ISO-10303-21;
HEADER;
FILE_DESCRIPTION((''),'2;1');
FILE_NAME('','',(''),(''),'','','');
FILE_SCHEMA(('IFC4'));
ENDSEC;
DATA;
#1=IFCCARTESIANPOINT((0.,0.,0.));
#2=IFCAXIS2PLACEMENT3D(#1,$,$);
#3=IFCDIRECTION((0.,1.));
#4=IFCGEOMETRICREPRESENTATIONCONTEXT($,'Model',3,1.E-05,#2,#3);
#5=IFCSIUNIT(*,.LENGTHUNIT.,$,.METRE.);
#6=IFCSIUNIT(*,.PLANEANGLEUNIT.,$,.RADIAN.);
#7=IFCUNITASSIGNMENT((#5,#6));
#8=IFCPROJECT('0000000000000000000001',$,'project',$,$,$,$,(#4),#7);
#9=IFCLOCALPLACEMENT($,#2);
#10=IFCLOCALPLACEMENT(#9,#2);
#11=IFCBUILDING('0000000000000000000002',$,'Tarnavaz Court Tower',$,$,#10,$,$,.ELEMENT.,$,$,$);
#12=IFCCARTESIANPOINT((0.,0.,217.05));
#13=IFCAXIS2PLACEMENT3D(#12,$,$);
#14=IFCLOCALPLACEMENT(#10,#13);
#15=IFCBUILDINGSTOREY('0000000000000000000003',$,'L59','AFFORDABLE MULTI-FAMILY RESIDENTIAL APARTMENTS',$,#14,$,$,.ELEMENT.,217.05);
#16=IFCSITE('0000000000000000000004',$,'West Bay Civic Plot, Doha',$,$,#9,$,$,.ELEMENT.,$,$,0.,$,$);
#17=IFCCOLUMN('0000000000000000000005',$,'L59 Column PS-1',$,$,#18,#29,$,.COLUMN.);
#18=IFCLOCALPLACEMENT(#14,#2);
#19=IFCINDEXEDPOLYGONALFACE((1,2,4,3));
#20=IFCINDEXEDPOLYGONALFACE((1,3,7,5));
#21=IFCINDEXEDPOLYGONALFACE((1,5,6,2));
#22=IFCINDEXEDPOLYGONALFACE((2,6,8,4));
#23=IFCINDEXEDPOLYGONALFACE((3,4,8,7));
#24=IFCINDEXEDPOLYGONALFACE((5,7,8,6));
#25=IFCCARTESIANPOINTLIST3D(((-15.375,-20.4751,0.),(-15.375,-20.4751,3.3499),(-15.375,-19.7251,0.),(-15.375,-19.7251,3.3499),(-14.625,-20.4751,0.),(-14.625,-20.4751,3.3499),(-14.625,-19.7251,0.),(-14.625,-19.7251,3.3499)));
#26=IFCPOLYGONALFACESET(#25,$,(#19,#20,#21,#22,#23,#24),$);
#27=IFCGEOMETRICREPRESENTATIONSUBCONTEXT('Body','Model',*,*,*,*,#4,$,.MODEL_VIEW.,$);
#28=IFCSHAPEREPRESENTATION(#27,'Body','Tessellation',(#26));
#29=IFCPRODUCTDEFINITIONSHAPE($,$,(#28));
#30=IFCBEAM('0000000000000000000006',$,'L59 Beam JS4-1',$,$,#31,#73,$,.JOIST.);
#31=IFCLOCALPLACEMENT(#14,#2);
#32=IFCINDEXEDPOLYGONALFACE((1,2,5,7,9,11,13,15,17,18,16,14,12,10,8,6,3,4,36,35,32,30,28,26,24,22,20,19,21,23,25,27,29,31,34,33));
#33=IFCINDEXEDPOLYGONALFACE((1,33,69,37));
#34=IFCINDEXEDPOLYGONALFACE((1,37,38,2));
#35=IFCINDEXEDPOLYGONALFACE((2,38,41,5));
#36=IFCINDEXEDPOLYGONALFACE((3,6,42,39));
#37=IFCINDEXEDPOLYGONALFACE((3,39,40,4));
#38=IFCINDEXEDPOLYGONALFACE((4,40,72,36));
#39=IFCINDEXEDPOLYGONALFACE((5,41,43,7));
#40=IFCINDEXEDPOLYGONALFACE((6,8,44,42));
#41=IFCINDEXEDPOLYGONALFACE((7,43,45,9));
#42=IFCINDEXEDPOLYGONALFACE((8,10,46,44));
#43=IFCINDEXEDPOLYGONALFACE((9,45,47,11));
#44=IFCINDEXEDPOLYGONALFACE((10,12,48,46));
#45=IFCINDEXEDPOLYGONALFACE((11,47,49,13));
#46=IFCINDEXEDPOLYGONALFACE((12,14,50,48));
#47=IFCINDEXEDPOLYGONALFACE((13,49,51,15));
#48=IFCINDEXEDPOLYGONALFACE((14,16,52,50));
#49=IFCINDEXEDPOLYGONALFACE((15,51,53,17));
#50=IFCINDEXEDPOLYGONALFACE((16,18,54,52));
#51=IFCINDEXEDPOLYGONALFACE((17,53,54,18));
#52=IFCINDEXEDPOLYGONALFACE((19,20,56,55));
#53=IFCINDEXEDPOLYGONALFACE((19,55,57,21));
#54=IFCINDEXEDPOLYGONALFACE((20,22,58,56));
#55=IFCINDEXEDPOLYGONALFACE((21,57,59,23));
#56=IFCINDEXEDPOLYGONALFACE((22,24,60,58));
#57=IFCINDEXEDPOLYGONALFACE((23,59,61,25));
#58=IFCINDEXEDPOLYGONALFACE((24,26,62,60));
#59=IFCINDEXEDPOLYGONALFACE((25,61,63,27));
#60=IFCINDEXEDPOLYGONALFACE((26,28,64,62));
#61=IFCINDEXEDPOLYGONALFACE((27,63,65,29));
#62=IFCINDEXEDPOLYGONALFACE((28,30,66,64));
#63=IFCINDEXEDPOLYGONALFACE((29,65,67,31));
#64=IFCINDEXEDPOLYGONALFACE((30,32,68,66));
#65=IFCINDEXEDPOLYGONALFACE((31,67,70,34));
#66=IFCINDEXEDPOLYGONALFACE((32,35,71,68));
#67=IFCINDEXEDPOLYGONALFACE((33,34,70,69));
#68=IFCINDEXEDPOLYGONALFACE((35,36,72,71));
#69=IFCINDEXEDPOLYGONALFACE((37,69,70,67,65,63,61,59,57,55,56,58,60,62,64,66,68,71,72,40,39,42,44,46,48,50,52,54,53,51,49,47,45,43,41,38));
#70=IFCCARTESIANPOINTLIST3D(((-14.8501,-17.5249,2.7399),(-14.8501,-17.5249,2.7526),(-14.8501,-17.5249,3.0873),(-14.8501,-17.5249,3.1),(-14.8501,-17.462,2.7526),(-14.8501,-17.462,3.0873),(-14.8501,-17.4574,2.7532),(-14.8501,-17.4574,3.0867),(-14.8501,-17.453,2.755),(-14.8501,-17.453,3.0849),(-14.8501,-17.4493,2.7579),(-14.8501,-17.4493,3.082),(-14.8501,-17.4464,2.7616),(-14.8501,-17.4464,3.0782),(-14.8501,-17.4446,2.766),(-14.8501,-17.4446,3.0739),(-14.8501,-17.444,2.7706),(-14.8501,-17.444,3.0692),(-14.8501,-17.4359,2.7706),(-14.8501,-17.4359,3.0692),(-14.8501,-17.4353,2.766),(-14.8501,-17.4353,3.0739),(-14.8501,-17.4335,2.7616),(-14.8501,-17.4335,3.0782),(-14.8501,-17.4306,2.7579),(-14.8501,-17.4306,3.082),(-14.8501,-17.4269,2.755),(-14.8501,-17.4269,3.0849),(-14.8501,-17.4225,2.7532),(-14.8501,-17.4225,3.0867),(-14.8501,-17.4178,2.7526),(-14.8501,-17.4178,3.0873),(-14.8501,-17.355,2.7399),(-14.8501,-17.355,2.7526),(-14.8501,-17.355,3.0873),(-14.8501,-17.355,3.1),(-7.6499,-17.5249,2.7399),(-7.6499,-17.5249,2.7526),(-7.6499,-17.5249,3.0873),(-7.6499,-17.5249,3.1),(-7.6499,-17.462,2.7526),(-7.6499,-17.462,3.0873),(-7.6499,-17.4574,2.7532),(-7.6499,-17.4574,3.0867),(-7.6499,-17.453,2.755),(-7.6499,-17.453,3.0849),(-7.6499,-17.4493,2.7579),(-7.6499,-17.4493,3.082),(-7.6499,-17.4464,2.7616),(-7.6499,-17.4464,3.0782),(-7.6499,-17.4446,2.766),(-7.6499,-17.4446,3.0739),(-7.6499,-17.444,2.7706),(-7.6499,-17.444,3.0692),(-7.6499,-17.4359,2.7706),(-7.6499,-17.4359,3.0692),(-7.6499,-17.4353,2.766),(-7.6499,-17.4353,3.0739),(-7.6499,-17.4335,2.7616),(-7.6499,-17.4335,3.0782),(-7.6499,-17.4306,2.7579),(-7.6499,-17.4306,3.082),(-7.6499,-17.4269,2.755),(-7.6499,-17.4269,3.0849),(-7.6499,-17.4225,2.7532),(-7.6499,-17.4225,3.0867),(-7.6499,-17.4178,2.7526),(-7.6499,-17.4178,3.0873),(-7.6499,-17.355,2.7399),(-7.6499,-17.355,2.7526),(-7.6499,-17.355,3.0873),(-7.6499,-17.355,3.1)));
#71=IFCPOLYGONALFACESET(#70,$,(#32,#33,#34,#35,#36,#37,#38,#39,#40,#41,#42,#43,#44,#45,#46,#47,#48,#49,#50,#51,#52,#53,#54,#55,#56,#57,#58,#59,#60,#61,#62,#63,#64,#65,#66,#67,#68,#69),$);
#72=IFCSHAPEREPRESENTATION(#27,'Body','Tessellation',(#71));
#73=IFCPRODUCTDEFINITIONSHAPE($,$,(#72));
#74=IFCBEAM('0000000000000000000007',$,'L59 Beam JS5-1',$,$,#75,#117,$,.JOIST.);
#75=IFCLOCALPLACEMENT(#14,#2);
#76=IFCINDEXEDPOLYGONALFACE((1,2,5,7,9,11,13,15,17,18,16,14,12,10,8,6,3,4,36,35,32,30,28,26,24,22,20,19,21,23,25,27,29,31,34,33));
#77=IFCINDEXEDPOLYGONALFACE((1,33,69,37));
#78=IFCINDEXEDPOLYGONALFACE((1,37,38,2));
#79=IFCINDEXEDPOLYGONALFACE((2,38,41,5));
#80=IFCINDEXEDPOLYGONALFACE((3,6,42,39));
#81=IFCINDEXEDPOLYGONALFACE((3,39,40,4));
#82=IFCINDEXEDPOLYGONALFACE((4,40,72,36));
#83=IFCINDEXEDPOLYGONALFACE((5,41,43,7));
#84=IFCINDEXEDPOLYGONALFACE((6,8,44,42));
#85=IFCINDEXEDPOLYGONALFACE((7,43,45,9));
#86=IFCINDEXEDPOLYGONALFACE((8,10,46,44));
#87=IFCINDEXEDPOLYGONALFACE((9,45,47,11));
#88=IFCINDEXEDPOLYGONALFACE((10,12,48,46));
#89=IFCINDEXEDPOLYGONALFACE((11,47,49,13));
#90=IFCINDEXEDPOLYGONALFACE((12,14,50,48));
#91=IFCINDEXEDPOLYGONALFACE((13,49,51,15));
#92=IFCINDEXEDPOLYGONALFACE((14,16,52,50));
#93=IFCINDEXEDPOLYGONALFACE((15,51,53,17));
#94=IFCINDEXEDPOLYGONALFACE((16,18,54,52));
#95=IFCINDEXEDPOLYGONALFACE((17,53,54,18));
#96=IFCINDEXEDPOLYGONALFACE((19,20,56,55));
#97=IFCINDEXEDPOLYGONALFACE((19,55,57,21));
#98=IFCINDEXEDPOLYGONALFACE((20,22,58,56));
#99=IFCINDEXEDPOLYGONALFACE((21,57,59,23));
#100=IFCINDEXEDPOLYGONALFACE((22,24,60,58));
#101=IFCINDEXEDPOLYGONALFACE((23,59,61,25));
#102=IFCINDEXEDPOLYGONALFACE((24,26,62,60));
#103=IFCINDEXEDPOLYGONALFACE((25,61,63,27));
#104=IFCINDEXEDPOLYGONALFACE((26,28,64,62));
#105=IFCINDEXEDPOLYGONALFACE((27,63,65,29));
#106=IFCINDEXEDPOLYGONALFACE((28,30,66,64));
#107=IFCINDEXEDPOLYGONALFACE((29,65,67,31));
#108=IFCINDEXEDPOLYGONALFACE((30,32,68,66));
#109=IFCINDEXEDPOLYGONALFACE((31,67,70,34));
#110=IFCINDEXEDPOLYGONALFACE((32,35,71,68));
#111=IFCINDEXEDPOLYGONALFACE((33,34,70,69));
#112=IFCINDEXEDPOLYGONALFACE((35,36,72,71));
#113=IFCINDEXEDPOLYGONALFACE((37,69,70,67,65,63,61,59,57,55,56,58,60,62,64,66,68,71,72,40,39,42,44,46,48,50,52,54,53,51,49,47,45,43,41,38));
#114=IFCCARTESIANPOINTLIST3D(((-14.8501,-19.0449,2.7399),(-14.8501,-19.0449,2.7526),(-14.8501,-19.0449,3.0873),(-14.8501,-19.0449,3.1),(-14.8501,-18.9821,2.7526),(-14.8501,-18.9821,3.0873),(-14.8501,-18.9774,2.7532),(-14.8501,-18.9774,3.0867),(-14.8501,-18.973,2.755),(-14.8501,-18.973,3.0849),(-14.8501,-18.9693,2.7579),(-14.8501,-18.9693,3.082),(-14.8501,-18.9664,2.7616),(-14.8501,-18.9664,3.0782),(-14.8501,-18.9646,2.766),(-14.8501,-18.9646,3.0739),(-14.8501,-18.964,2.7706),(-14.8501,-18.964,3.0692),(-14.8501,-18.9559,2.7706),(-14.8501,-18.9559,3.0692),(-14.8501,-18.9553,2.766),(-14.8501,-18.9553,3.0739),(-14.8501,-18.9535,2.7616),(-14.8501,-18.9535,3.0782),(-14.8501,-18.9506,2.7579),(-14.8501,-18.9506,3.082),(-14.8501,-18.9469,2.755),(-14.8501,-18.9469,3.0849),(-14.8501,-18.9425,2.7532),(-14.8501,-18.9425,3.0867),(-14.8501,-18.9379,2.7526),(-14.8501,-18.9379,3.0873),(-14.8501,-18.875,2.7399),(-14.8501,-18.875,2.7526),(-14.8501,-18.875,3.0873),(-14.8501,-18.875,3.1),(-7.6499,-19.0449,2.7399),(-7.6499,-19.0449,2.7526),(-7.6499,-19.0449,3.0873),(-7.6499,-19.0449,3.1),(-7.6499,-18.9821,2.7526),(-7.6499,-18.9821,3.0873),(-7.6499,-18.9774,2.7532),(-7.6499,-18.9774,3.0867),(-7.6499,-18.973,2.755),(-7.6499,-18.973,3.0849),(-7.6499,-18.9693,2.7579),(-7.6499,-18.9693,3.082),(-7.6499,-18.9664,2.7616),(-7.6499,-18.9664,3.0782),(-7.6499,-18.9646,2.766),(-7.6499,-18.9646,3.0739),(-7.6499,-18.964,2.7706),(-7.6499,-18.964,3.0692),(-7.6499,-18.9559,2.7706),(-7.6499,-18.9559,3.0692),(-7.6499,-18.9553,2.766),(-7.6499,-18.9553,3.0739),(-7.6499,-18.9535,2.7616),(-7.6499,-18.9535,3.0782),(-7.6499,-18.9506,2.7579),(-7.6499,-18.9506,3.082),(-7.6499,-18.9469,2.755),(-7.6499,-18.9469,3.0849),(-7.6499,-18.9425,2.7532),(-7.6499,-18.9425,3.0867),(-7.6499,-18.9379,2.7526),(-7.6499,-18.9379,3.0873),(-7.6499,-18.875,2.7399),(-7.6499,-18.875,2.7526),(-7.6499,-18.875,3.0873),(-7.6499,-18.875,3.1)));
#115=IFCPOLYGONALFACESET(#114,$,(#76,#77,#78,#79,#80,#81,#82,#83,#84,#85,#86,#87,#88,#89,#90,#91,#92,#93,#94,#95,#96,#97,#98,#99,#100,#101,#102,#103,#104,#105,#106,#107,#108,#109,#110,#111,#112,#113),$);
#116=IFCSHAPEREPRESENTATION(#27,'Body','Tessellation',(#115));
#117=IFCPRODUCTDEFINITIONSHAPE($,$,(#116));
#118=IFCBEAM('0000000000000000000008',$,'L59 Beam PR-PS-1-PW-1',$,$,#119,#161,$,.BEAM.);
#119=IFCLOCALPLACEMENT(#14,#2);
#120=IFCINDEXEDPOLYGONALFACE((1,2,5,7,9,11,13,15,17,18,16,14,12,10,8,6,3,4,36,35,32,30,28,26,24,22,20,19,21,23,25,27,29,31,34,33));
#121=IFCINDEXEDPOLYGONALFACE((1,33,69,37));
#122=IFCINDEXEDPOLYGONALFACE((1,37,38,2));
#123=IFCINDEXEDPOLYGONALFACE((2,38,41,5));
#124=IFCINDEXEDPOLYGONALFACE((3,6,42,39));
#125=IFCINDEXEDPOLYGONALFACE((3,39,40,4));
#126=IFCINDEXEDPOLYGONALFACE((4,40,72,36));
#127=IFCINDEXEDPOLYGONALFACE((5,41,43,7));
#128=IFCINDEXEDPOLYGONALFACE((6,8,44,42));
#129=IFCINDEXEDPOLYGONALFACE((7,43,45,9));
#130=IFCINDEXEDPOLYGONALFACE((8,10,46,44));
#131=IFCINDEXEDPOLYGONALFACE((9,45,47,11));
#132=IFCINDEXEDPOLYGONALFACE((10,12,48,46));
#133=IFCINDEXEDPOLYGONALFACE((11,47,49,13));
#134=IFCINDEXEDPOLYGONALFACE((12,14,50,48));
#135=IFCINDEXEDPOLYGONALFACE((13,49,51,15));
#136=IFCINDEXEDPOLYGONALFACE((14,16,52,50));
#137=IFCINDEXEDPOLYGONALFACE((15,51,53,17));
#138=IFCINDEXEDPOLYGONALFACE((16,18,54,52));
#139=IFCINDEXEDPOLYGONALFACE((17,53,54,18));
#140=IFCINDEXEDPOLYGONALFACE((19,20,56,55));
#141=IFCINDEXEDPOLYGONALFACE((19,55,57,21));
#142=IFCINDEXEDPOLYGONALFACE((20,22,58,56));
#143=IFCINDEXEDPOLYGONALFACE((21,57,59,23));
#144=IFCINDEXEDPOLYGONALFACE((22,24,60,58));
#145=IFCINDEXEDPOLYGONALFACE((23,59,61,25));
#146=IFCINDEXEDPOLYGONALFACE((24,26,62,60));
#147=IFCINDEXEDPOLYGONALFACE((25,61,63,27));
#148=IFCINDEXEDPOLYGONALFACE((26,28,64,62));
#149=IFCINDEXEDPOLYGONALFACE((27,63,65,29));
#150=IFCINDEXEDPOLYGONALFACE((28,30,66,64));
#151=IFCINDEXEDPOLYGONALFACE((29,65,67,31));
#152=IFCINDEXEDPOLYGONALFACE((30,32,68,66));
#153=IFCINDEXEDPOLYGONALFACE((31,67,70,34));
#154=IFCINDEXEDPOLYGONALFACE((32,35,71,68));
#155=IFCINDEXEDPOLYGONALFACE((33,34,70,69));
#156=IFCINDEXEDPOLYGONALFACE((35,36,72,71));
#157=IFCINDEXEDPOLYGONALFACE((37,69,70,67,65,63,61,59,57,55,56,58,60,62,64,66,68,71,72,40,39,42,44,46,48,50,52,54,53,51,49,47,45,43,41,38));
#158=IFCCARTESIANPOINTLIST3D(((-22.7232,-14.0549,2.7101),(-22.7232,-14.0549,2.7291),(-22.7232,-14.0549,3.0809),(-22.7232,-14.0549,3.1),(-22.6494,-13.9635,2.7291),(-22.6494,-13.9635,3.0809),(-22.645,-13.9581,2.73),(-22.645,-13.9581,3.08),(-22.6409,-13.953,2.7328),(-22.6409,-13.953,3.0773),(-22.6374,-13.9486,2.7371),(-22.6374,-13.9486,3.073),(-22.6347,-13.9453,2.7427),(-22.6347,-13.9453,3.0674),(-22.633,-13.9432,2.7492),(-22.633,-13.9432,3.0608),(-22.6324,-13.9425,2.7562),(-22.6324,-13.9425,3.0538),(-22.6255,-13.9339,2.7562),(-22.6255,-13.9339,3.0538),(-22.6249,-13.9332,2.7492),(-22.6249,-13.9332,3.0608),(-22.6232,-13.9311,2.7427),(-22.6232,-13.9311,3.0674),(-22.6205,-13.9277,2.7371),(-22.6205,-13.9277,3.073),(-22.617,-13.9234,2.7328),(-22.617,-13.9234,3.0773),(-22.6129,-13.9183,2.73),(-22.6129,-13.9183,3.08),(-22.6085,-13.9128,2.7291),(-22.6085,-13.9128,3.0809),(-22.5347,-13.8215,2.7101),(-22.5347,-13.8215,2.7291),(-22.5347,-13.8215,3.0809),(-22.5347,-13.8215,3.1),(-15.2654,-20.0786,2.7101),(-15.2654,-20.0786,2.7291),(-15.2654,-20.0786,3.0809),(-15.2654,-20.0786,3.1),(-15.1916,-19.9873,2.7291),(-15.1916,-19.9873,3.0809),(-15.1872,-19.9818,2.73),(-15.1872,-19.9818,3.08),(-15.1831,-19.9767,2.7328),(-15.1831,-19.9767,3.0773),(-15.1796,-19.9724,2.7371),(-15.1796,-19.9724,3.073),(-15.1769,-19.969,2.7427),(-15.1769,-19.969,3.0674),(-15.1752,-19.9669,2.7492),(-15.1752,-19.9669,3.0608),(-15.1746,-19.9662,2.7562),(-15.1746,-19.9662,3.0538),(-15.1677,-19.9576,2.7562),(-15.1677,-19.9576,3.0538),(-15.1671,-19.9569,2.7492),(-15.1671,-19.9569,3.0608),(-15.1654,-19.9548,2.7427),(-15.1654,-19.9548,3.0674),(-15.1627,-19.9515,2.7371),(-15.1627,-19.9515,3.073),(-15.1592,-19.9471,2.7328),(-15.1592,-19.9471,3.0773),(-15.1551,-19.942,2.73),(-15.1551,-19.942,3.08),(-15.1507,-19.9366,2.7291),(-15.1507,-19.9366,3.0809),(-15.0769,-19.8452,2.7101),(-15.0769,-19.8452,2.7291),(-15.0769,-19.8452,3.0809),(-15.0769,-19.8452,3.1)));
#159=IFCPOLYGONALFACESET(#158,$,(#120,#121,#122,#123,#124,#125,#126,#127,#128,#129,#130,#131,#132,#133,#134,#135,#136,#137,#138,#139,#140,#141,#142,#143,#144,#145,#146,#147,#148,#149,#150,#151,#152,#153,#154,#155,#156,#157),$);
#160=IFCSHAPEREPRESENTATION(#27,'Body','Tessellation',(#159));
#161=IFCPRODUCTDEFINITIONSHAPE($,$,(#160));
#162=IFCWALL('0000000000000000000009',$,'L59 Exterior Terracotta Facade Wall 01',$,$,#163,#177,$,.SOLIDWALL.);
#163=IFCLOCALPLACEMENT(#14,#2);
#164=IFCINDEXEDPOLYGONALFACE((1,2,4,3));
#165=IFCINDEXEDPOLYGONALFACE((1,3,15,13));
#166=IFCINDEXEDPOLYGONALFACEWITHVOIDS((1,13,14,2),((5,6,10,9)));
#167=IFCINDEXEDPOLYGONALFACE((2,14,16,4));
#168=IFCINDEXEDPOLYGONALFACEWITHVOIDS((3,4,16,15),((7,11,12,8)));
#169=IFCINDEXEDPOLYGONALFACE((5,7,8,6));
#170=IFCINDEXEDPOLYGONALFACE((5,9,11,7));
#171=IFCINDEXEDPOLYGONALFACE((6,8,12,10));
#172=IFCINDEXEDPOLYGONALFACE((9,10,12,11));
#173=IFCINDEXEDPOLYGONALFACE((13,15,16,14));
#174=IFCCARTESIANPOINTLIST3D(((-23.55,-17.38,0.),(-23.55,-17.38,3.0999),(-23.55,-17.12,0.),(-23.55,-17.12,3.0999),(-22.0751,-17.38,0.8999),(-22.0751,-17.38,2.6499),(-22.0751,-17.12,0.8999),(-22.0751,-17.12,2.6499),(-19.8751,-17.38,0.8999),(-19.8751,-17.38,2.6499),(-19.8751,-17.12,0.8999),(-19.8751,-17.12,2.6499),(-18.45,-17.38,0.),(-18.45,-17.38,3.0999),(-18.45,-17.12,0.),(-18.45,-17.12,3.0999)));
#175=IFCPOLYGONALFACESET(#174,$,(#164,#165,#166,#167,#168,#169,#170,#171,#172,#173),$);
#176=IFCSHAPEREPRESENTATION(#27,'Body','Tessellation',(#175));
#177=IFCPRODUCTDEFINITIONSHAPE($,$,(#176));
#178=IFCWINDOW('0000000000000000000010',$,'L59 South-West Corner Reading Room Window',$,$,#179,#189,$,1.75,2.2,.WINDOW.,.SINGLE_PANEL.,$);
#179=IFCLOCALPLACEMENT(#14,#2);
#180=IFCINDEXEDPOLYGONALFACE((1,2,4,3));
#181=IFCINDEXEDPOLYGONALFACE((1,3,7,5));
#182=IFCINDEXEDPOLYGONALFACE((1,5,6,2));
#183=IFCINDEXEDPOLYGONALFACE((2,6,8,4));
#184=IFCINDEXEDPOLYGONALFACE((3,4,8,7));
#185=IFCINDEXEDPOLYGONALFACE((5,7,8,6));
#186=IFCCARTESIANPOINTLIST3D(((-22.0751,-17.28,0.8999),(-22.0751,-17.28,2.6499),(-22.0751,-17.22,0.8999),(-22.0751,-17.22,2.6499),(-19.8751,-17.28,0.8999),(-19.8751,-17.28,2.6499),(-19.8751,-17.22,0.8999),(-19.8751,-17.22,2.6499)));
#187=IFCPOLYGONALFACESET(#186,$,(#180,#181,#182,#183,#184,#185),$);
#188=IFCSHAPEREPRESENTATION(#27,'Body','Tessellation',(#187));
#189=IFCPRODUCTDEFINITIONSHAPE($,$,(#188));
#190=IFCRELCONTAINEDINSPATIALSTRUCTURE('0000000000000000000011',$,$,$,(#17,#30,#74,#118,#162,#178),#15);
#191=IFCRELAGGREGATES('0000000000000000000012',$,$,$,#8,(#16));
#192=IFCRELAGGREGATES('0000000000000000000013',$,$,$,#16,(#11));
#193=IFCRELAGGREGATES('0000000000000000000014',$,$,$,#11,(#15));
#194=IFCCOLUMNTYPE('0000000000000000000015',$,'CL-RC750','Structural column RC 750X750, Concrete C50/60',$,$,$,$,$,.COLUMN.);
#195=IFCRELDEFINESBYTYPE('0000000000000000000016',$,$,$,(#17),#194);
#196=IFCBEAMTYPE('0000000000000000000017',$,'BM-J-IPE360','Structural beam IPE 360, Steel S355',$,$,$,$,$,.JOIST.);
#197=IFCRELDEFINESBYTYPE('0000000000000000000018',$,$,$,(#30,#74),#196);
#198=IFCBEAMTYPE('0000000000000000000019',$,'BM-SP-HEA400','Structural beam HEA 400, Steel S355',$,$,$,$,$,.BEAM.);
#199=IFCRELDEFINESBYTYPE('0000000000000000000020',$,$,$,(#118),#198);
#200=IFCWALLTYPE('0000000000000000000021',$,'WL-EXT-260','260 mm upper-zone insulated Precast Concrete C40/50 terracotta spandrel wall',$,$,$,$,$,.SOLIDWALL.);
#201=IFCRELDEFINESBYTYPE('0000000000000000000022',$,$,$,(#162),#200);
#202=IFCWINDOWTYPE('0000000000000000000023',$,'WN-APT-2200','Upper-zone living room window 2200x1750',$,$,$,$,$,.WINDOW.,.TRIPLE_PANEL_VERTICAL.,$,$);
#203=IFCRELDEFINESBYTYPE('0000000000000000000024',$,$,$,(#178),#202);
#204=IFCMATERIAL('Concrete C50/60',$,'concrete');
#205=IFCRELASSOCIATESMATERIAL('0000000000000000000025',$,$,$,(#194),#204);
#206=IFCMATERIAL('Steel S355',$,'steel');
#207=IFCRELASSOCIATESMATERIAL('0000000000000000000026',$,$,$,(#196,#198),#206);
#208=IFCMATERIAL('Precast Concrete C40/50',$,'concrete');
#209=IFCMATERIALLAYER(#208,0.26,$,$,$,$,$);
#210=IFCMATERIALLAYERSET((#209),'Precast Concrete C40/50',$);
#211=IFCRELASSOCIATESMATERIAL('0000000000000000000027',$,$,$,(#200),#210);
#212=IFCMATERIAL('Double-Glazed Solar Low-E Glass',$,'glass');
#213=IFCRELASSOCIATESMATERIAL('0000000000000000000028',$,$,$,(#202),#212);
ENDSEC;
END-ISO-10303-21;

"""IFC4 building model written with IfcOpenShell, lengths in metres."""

from ifc_helpers import new_model, si_unit, direction, frame, frame_2d, origin, origin_2d, place, context, subcontext, project, spatial, rectangle, i_section, extrude, material, layer, layer_set, material_profile, profile_set, type_object, element, fill, save


model = new_model("IFC4")

# Units and contexts
model_context = context("Model", 3, precision=1e-05, world=origin(), true_north=direction((0.0, 1.0)))
body_context = subcontext(model_context, "Body", "Model", "MODEL_VIEW")
ifc_project = project(units=[si_unit("LENGTHUNIT", "METRE"), si_unit("PLANEANGLEUNIT", "RADIAN")], contexts=[model_context])

# Site, building, storey
site_placement = place(None, origin())
site = spatial("IfcSite", under=ifc_project, at=site_placement, Name="West Bay Civic Plot, Doha", CompositionType="ELEMENT", RefElevation=0.0)
building_placement = place(site_placement, origin())
building = spatial("IfcBuilding", under=site, at=building_placement, Name="Tarnavaz Court Tower", CompositionType="ELEMENT")
storey_placement = place(building_placement, frame((0.0, 0.0, 217.05)))
storey = spatial("IfcBuildingStorey", under=building, at=storey_placement, Name="L59", Description="AFFORDABLE MULTI-FAMILY RESIDENTIAL APARTMENTS", CompositionType="ELEMENT", Elevation=217.05)

# Column
ifc_material_1 = material(Name="Concrete C50/60", Category="concrete")
ifc_material_profile_1 = material_profile(ifc_material_1, rectangle(XDim=0.75, YDim=0.75, at=origin_2d()), Name="RC 750X750")
ifc_profile_set_1 = profile_set([ifc_material_profile_1], Name="Concrete C50/60")
column_type = type_object("IfcColumnType", Name="CL-RC750", Description="Structural column RC 750X750, Concrete C50/60", PredefinedType="COLUMN", material=ifc_profile_set_1)
column_placement = place(storey_placement, frame((-15.0, -20.1001, 0.0), z_axis=(0.0, 0.0, 1.0), x_axis=(1.0, 0.0, 0.0)))
element("IfcColumn", 1, at=column_placement, inside=storey, type_object=column_type, Name="L59 Column PS-1", PredefinedType="COLUMN", context=body_context, shape_type="SweptSolid", body=[
    extrude(rectangle(XDim=0.75, YDim=0.75, at=origin_2d()), origin(), (0.0, 0.0, 1.0), 3.3499),
])

# Beams
ifc_material_2 = material(Name="Steel S355", Category="steel")
ifc_material_profile_2 = material_profile(ifc_material_2, i_section(OverallWidth=0.1699, OverallDepth=0.3601, WebThickness=0.0081, FlangeThickness=0.0127, FilletRadius=0.0181, at=origin_2d()), Name="IPE 360")
ifc_profile_set_2 = profile_set([ifc_material_profile_2], Name="Steel S355")
beam_type_1 = type_object("IfcBeamType", Name="BM-J-IPE360", Description="Structural beam IPE 360, Steel S355", PredefinedType="JOIST", material=ifc_profile_set_2)
for number, where, z_axis, x_axis, name in (
    (2, (-14.8501, -17.4399, 2.9199), (1.0, 0.0, 0.0), (0.0, 1.0, 0.0), "L59 Beam JS4-1"),
    (3, (-14.8501, -18.96, 2.9199), (1.0, 0.0, 0.0), (0.0, 1.0, 0.0), "L59 Beam JS5-1"),
):
    element("IfcBeam", number, at=place(storey_placement, frame(where, z_axis=z_axis, x_axis=x_axis)), inside=storey, type_object=beam_type_1, Name=name, PredefinedType="JOIST", context=body_context, shape_type="SweptSolid", body=[
        extrude(i_section(OverallWidth=0.1699, OverallDepth=0.3601, WebThickness=0.0081, FlangeThickness=0.0127, FilletRadius=0.0181, at=origin_2d()), origin(), (0.0, 0.0, 1.0), 7.2002),
    ])
ifc_material_profile_3 = material_profile(ifc_material_2, i_section(OverallWidth=0.3, OverallDepth=0.3899, WebThickness=0.011, FlangeThickness=0.019, FilletRadius=0.0271, at=origin_2d()), Name="HEA 400")
ifc_profile_set_3 = profile_set([ifc_material_profile_3], Name="Steel S355")
beam_type_2 = type_object("IfcBeamType", Name="BM-SP-HEA400", Description="Structural beam HEA 400, Steel S355", PredefinedType="BEAM", material=ifc_profile_set_3)
beam_placement = place(storey_placement, frame((-15.1711, -19.9619, 2.905), z_axis=(-0.777936, 0.628344, 0.0), x_axis=(-0.628344, -0.777936, 0.0)))
element("IfcBeam", 4, at=beam_placement, inside=storey, type_object=beam_type_2, Name="L59 Beam PR-PS-1-PW-1", PredefinedType="BEAM", context=body_context, shape_type="SweptSolid", body=[
    extrude(i_section(OverallWidth=0.3, OverallDepth=0.3899, WebThickness=0.011, FlangeThickness=0.019, FilletRadius=0.0271, at=origin_2d()), origin(), (0.0, 0.0, 1.0), 9.5867),
])

# Wall, opening, window
ifc_material_3 = material(Name="Precast Concrete C40/50", Category="concrete")
ifc_layer_1 = layer(ifc_material_3, 0.26)
ifc_layer_set_1 = layer_set([ifc_layer_1], Name="Precast Concrete C40/50")
wall_type_1 = type_object("IfcWallType", Name="WL-EXT-260", Description="260 mm upper-zone insulated Precast Concrete C40/50 terracotta spandrel wall", PredefinedType="SOLIDWALL", material=ifc_layer_set_1)
wall_1_placement = place(storey_placement, frame((-18.45, -17.25, 0.0), z_axis=(0.0, 0.0, 1.0), x_axis=(-1.0, 0.0, 0.0)))
wall_1 = element("IfcWall", 5, at=wall_1_placement, inside=storey, type_object=wall_type_1, Name="L59 Exterior Terracotta Facade Wall 01", PredefinedType="SOLIDWALL", context=body_context, shape_type="SweptSolid", body=[
    extrude(rectangle(XDim=5.1001, YDim=0.26, at=frame_2d((2.55, 0.0))), origin(), (0.0, 0.0, 1.0), 3.0999),
])
opening_1_placement = place(wall_1_placement, frame((1.425, 0.0, 0.8999)))
opening_1 = element("IfcOpeningElement", 6, at=opening_1_placement, cuts=wall_1, PredefinedType="OPENING", context=body_context, shape_type="SweptSolid", body=[
    extrude(rectangle(XDim=2.2, YDim=1.75, at=frame_2d((1.1001, 0.875))), frame((0.0, 0.1399, 0.0), z_axis=(0.0, -1.0, 0.0), x_axis=(1.0, 0.0, 0.0)), (0.0, 0.0, 1.0), 0.28),
])
ifc_material_4 = material(Name="Double-Glazed Solar Low-E Glass", Category="glass")
window_type_1 = type_object("IfcWindowType", Name="WN-APT-2200", Description="Upper-zone living room window 2200x1750", PartitioningType="TRIPLE_PANEL_VERTICAL", PredefinedType="WINDOW", material=ifc_material_4)
window_1_placement = place(opening_1_placement, origin())
window_1 = element("IfcWindow", 7, at=window_1_placement, inside=storey, type_object=window_type_1, Name="L59 South-West Corner Reading Room Window", OverallHeight=1.75, OverallWidth=2.2, PartitioningType="SINGLE_PANEL", PredefinedType="WINDOW", context=body_context, shape_type="SweptSolid", body=[
    extrude(rectangle(XDim=2.2, YDim=1.75, at=frame_2d((1.1001, 0.875))), frame((0.0, 0.03, 0.0), z_axis=(0.0, -1.0, 0.0), x_axis=(1.0, 0.0, 0.0)), (0.0, 0.0, 1.0), 0.0601),
])
fill(opening_1, window_1)

save(model, "model.ifc")
